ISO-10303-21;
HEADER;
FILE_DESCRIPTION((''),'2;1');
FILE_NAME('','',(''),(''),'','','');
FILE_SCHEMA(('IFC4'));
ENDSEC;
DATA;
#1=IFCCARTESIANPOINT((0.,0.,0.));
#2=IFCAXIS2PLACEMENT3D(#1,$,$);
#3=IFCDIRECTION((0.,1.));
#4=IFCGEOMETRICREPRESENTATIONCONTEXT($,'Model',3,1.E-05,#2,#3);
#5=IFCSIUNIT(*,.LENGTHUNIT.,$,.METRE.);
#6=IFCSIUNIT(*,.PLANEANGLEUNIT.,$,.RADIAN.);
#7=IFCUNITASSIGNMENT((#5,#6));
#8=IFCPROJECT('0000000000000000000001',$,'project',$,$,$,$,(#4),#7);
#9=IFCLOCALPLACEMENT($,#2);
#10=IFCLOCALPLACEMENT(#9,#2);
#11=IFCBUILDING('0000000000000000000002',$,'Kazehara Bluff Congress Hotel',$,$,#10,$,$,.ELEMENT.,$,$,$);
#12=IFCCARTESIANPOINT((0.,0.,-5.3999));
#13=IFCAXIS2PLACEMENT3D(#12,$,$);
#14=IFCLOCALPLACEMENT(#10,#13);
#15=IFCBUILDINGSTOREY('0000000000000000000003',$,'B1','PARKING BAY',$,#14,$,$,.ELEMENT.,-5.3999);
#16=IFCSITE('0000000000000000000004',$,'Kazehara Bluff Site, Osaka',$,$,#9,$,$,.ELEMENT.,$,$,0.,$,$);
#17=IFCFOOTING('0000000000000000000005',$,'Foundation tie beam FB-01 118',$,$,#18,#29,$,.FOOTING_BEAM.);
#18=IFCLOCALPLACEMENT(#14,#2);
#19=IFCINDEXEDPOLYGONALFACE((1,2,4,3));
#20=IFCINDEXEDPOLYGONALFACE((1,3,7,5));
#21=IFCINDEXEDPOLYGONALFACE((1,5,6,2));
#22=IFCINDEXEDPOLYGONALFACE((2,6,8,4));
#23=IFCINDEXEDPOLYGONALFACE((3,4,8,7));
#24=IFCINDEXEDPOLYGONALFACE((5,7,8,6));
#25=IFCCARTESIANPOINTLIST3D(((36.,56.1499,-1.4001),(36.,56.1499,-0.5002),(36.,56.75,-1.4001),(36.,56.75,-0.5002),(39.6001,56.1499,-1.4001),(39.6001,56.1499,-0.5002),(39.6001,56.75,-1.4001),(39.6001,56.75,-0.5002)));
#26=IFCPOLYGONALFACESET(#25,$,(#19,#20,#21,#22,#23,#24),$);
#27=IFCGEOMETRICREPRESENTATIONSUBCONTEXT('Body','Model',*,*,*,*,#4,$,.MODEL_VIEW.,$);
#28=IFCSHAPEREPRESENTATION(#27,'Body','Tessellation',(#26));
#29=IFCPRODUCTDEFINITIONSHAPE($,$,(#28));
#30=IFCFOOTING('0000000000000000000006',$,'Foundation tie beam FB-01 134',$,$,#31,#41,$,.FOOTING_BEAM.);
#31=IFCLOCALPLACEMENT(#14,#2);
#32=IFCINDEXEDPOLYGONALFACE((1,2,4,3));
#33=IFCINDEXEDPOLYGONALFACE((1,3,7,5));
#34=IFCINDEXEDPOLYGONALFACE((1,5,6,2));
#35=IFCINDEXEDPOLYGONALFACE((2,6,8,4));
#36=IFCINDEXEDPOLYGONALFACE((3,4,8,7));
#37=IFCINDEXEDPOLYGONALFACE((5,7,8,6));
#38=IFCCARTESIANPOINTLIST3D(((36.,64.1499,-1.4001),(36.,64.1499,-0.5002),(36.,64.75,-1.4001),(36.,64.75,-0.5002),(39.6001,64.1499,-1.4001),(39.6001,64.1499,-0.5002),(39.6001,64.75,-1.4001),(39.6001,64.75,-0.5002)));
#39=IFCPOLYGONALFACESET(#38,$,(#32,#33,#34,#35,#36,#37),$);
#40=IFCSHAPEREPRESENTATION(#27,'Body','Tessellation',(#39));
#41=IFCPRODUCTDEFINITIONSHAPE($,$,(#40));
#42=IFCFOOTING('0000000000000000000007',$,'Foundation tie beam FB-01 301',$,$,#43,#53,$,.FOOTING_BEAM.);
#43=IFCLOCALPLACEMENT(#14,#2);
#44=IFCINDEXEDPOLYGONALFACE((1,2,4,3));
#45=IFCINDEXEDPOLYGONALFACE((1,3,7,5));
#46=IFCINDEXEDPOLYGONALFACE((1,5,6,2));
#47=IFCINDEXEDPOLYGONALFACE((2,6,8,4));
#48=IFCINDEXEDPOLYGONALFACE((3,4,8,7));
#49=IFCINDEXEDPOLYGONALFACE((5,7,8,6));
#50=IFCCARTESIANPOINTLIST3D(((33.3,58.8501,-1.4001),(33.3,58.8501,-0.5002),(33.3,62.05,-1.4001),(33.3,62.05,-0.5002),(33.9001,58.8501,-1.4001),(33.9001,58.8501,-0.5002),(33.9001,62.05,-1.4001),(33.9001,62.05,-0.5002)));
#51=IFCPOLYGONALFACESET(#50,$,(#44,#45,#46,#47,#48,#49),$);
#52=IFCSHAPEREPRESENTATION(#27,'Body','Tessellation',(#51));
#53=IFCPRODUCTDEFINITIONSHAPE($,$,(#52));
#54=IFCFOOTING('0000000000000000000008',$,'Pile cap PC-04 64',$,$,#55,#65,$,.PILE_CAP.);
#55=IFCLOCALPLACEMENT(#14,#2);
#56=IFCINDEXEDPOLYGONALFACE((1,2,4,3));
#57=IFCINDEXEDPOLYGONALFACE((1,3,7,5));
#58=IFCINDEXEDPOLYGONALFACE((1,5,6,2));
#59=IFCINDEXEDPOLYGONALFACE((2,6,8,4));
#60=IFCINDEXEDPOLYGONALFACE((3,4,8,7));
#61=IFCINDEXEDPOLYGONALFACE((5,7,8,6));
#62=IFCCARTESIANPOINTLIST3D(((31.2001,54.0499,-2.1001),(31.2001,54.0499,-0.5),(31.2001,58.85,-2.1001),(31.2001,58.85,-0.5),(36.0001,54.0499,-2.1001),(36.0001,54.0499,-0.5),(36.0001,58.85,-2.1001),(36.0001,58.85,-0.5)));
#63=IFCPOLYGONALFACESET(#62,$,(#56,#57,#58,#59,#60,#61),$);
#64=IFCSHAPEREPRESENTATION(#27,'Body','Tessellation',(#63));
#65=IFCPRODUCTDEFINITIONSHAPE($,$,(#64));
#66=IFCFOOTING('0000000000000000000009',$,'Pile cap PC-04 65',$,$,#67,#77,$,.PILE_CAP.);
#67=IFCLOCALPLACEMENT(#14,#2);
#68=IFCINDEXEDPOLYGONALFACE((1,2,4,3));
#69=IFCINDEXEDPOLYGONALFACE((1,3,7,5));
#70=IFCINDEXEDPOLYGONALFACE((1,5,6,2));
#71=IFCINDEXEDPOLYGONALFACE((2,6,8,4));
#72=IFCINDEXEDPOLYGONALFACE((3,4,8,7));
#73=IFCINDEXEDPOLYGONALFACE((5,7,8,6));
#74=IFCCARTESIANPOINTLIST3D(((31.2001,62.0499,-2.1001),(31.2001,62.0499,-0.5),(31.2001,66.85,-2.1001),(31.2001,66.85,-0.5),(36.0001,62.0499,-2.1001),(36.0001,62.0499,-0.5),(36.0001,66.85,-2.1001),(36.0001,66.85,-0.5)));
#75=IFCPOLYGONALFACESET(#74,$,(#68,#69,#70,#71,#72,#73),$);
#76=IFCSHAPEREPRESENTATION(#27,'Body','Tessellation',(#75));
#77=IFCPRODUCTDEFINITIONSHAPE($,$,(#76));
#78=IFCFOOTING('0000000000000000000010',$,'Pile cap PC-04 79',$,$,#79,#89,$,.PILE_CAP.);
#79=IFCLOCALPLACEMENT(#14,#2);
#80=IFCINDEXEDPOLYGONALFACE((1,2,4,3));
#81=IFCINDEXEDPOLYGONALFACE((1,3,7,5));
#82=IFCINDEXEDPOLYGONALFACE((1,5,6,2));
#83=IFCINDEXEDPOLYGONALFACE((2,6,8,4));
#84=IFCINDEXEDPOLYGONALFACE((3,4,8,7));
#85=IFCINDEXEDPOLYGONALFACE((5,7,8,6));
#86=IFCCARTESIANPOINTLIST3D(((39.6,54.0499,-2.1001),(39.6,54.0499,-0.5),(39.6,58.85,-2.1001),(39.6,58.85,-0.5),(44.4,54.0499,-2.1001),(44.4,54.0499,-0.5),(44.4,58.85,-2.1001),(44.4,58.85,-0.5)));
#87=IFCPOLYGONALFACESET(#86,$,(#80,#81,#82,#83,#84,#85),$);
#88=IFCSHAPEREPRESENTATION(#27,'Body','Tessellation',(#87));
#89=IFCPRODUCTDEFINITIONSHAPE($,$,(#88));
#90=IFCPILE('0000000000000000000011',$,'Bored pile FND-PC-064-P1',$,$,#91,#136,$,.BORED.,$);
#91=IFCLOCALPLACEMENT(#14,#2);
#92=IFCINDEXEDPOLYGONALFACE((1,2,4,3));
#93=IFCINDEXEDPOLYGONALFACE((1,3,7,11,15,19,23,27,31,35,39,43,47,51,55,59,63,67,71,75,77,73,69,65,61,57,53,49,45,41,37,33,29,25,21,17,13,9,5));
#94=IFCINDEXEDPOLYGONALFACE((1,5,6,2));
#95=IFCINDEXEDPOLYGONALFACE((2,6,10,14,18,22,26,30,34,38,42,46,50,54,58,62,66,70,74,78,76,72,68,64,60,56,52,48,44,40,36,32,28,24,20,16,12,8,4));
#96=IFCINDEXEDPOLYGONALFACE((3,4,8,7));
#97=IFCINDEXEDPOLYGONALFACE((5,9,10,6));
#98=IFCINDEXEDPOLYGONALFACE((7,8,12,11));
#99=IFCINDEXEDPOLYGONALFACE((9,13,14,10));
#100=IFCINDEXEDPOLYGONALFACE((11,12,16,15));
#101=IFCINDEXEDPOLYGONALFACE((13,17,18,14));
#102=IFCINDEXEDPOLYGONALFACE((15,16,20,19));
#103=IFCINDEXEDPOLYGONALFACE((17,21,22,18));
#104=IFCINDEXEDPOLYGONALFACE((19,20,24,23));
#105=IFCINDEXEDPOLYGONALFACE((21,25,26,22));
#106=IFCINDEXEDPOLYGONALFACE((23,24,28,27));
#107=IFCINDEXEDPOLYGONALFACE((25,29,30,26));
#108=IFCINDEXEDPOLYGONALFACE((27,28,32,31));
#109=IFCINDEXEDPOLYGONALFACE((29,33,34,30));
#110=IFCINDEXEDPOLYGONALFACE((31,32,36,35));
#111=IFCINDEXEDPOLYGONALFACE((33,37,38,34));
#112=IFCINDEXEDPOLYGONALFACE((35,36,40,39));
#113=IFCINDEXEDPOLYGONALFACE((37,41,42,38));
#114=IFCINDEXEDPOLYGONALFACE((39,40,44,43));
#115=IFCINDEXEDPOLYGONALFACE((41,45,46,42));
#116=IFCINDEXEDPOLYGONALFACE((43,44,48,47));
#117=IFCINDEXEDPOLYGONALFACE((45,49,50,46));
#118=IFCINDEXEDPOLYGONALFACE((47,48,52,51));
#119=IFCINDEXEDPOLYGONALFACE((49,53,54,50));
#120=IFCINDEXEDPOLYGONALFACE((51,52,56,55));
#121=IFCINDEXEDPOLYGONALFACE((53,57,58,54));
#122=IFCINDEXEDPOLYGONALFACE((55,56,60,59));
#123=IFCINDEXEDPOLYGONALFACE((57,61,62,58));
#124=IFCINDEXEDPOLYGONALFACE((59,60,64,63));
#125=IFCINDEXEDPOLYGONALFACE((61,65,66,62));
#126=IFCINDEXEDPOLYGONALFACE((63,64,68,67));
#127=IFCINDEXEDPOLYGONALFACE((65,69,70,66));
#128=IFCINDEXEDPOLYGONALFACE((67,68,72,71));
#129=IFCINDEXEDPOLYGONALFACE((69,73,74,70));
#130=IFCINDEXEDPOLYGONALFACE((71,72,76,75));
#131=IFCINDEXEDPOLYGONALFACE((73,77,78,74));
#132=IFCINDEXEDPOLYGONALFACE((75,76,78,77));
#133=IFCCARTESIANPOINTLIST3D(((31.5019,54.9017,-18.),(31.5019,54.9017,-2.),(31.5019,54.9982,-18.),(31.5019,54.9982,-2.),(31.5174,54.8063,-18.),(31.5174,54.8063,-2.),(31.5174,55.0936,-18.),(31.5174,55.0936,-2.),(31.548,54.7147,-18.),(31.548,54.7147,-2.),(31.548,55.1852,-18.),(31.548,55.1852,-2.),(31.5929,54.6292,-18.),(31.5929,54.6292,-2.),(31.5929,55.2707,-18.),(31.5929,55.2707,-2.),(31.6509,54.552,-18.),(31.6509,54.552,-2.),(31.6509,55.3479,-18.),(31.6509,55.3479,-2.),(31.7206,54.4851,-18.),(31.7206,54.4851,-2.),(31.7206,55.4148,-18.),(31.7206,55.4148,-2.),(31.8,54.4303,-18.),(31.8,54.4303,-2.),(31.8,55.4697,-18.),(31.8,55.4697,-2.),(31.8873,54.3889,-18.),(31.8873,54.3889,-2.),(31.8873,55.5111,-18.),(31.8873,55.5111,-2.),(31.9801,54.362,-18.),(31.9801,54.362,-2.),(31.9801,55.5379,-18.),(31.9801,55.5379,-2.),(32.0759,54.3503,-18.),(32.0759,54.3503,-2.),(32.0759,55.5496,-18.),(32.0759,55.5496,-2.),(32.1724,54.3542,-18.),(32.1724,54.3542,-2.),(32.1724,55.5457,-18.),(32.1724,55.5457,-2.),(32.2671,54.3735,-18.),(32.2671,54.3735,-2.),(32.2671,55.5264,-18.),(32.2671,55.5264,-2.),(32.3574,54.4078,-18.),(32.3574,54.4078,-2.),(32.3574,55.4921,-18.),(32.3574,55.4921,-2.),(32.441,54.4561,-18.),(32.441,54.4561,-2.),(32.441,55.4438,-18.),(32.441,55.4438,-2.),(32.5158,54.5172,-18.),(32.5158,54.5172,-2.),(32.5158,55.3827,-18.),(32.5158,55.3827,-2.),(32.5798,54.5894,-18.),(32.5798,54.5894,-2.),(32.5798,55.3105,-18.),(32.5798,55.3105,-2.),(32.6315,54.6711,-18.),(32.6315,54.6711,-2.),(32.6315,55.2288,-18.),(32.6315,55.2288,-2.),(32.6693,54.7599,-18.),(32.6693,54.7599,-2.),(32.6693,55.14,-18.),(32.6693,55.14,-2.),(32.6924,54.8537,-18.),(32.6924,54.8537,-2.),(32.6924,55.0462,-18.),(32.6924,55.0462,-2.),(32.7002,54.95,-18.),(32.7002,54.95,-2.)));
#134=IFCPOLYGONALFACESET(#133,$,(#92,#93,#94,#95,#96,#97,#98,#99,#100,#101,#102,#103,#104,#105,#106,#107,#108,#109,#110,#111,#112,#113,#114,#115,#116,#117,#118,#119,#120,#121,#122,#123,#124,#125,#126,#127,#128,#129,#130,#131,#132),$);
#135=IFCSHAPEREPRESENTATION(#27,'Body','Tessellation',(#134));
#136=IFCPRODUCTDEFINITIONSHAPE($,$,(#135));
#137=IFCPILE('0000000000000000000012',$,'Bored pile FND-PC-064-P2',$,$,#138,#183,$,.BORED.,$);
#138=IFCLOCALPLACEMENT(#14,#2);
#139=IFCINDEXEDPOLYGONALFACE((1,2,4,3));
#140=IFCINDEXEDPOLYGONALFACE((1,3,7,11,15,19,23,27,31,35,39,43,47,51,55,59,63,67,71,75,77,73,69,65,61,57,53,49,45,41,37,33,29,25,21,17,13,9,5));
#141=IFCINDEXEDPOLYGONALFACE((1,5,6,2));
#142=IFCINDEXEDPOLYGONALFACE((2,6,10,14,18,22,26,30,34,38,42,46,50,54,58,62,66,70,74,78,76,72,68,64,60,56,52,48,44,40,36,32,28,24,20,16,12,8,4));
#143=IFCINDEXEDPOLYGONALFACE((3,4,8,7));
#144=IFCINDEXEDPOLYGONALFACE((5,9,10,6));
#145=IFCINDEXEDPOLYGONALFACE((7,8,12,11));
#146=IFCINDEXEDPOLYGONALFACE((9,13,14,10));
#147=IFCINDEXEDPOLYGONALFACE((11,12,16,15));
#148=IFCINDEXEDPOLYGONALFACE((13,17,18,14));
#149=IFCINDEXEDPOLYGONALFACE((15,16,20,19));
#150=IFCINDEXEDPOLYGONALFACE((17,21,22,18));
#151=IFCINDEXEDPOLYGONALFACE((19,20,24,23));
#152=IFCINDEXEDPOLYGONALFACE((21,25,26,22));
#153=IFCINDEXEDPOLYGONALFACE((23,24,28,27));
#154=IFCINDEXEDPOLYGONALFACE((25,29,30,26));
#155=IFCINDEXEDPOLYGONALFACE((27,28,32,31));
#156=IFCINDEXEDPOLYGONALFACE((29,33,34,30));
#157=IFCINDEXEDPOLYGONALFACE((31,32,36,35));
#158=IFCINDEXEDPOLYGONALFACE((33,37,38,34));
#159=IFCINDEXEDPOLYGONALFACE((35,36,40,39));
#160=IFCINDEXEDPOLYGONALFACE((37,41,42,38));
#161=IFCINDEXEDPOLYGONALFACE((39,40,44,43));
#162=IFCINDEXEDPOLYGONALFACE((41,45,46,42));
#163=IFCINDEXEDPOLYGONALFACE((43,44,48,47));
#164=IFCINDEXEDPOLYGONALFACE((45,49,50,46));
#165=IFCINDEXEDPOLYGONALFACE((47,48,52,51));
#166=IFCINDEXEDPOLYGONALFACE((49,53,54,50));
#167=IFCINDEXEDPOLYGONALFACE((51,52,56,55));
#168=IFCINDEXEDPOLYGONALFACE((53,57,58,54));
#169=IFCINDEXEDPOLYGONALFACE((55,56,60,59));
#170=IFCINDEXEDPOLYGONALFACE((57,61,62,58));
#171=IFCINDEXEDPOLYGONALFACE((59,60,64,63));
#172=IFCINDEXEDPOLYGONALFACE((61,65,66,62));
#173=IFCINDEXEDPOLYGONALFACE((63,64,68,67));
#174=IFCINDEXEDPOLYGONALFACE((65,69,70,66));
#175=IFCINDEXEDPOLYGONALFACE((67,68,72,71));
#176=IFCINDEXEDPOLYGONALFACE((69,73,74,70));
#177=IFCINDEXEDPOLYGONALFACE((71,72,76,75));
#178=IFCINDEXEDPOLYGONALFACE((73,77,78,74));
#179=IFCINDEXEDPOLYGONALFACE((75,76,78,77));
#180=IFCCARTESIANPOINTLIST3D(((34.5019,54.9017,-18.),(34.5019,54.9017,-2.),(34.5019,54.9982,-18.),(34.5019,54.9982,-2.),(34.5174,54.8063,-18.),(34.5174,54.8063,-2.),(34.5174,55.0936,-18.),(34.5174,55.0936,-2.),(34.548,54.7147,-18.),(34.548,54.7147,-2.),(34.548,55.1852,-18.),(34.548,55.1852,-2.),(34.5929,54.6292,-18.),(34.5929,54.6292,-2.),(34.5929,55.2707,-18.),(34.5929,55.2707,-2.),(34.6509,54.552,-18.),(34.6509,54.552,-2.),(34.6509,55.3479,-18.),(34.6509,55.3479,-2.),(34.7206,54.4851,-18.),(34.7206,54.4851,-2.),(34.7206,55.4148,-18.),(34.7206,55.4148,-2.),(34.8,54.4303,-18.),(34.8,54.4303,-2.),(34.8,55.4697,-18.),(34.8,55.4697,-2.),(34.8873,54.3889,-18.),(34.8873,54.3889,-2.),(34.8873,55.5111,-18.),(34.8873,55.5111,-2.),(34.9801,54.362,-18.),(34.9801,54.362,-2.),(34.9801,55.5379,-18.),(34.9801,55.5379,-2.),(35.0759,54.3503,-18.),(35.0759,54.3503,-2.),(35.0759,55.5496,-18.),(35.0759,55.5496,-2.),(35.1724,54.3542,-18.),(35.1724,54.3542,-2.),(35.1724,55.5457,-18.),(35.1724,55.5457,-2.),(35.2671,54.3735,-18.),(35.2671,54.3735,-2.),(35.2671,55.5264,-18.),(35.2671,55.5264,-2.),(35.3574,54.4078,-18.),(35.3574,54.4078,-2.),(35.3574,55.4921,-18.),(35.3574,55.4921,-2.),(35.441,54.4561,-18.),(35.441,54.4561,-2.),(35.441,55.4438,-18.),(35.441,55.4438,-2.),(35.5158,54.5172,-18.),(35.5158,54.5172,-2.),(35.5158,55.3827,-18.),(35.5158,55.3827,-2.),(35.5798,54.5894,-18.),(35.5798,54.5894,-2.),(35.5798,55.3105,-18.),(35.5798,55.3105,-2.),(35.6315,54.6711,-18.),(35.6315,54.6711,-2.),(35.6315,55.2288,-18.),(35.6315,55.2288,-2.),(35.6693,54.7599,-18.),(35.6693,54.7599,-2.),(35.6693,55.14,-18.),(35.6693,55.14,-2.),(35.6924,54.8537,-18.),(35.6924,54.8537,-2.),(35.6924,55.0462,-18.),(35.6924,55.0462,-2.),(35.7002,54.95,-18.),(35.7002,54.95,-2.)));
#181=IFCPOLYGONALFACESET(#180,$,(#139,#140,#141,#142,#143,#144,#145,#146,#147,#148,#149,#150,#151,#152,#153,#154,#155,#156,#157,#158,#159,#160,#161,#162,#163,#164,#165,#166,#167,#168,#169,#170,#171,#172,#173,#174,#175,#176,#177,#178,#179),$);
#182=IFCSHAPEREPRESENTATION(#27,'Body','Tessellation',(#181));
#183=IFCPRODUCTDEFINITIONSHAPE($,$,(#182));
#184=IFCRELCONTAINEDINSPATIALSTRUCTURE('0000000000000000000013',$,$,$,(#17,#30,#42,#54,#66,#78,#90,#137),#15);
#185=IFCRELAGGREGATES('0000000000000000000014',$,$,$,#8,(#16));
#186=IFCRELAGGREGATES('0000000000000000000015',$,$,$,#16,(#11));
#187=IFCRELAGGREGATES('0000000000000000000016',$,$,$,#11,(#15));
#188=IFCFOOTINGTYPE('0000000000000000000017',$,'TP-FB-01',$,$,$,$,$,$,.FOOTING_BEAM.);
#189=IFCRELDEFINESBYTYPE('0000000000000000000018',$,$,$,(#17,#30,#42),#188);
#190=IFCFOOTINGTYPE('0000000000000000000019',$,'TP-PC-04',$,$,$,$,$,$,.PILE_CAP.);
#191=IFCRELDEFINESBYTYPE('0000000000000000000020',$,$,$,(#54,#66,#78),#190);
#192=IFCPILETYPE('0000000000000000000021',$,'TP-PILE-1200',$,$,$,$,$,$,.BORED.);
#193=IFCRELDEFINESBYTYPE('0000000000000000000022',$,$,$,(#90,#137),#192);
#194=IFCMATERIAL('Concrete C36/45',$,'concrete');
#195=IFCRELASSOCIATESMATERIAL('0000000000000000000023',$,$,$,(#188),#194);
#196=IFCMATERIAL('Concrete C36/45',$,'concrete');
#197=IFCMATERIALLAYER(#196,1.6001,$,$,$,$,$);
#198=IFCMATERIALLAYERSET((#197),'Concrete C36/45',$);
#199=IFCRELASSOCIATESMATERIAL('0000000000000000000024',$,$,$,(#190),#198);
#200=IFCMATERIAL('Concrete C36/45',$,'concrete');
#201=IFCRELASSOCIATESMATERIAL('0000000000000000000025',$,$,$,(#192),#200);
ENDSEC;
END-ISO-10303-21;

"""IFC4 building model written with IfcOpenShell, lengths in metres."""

from ifc_helpers import new_model, si_unit, direction, frame, origin, origin_2d, place, context, subcontext, project, spatial, rectangle, circle, extrude, material, layer, layer_set, material_profile, profile_set, type_object, element, save


model = new_model("IFC4")

# Units and contexts
model_context = context("Model", 3, precision=1e-05, world=origin(), true_north=direction((0.0, 1.0)))
body_context = subcontext(model_context, "Body", "Model", "MODEL_VIEW")
ifc_project = project(units=[si_unit("LENGTHUNIT", "METRE"), si_unit("PLANEANGLEUNIT", "RADIAN")], contexts=[model_context])

# Site, building, storey
site_placement = place(None, origin())
site = spatial("IfcSite", under=ifc_project, at=site_placement, Name="Kazehara Bluff Site, Osaka", CompositionType="ELEMENT", RefElevation=0.0)
building_placement = place(site_placement, origin())
building = spatial("IfcBuilding", under=site, at=building_placement, Name="Kazehara Bluff Congress Hotel", CompositionType="ELEMENT")
storey_placement = place(building_placement, frame((0.0, 0.0, -5.3999)))
storey = spatial("IfcBuildingStorey", under=building, at=storey_placement, Name="B1", Description="PARKING BAY", CompositionType="ELEMENT", Elevation=-5.3999)

# Footings
ifc_material_1 = material(Name="Concrete C36/45", Category="concrete")
ifc_material_profile_1 = material_profile(ifc_material_1, rectangle(XDim=0.6001, YDim=0.8999, at=origin_2d()))
ifc_profile_set_1 = profile_set([ifc_material_profile_1], Name="Concrete C36/45")
footing_type_1 = type_object("IfcFootingType", Name="TP-FB-01", PredefinedType="FOOTING_BEAM", material=ifc_profile_set_1)
for number, where, z_axis, x_axis, name in (
    (1, (36.0, 56.45, -0.9502), (1.0, 0.0, 0.0), (0.0, 1.0, 0.0), "Foundation tie beam FB-01 118"),
    (2, (36.0, 64.45, -0.9502), (1.0, 0.0, 0.0), (0.0, 1.0, 0.0), "Foundation tie beam FB-01 134"),
):
    element("IfcFooting", number, at=place(storey_placement, frame(where, z_axis=z_axis, x_axis=x_axis)), inside=storey, type_object=footing_type_1, Name=name, PredefinedType="FOOTING_BEAM", context=body_context, shape_type="SweptSolid", body=[
        extrude(rectangle(XDim=0.6001, YDim=0.8999, at=origin_2d()), origin(), (0.0, 0.0, 1.0), 3.6001),
    ])
footing_placement = place(storey_placement, frame((33.6001, 58.8501, -0.9502), z_axis=(0.0, 1.0, 0.0), x_axis=(-1.0, 0.0, 0.0)))
element("IfcFooting", 3, at=footing_placement, inside=storey, type_object=footing_type_1, Name="Foundation tie beam FB-01 301", PredefinedType="FOOTING_BEAM", context=body_context, shape_type="SweptSolid", body=[
    extrude(rectangle(XDim=0.6001, YDim=0.8999, at=origin_2d()), origin(), (0.0, 0.0, 1.0), 3.2),
])
ifc_material_2 = material(Name="Concrete C36/45", Category="concrete")
ifc_layer_1 = layer(ifc_material_2, 1.6001)
ifc_layer_set_1 = layer_set([ifc_layer_1], Name="Concrete C36/45")
footing_type_2 = type_object("IfcFootingType", Name="TP-PC-04", PredefinedType="PILE_CAP", material=ifc_layer_set_1)
for number, where, z_axis, x_axis, name in (
    (4, (33.6001, 56.45, -2.1001), (0.0, 0.0, 1.0), (1.0, 0.0, 0.0), "Pile cap PC-04 64"),
    (5, (33.6001, 64.45, -2.1001), (0.0, 0.0, 1.0), (1.0, 0.0, 0.0), "Pile cap PC-04 65"),
    (6, (42.0, 56.45, -2.1001), (0.0, 0.0, 1.0), (1.0, 0.0, 0.0), "Pile cap PC-04 79"),
):
    element("IfcFooting", number, at=place(storey_placement, frame(where, z_axis=z_axis, x_axis=x_axis)), inside=storey, type_object=footing_type_2, Name=name, PredefinedType="PILE_CAP", context=body_context, shape_type="SweptSolid", body=[
        extrude(rectangle(XDim=4.8, YDim=4.8, at=origin_2d()), origin(), (0.0, 0.0, 1.0), 1.6001),
    ])

# Piles
ifc_material_3 = material(Name="Concrete C36/45", Category="concrete")
ifc_material_profile_2 = material_profile(ifc_material_3, circle(Radius=0.6001, at=origin_2d()))
ifc_profile_set_2 = profile_set([ifc_material_profile_2], Name="Concrete C36/45")
pile_type = type_object("IfcPileType", Name="TP-PILE-1200", PredefinedType="BORED", material=ifc_profile_set_2)
for number, where, z_axis, x_axis, name in (
    (7, (32.1001, 54.95, -2.0), (0.0, 0.0, -1.0), (1.0, 0.0, 0.0), "Bored pile FND-PC-064-P1"),
    (8, (35.1001, 54.95, -2.0), (0.0, 0.0, -1.0), (1.0, 0.0, 0.0), "Bored pile FND-PC-064-P2"),
):
    element("IfcPile", number, at=place(storey_placement, frame(where, z_axis=z_axis, x_axis=x_axis)), inside=storey, type_object=pile_type, Name=name, PredefinedType="BORED", context=body_context, shape_type="SweptSolid", body=[
        extrude(circle(Radius=0.6001, at=origin_2d()), origin(), (0.0, 0.0, 1.0), 16.0),
    ])

save(model, "model.ifc")
